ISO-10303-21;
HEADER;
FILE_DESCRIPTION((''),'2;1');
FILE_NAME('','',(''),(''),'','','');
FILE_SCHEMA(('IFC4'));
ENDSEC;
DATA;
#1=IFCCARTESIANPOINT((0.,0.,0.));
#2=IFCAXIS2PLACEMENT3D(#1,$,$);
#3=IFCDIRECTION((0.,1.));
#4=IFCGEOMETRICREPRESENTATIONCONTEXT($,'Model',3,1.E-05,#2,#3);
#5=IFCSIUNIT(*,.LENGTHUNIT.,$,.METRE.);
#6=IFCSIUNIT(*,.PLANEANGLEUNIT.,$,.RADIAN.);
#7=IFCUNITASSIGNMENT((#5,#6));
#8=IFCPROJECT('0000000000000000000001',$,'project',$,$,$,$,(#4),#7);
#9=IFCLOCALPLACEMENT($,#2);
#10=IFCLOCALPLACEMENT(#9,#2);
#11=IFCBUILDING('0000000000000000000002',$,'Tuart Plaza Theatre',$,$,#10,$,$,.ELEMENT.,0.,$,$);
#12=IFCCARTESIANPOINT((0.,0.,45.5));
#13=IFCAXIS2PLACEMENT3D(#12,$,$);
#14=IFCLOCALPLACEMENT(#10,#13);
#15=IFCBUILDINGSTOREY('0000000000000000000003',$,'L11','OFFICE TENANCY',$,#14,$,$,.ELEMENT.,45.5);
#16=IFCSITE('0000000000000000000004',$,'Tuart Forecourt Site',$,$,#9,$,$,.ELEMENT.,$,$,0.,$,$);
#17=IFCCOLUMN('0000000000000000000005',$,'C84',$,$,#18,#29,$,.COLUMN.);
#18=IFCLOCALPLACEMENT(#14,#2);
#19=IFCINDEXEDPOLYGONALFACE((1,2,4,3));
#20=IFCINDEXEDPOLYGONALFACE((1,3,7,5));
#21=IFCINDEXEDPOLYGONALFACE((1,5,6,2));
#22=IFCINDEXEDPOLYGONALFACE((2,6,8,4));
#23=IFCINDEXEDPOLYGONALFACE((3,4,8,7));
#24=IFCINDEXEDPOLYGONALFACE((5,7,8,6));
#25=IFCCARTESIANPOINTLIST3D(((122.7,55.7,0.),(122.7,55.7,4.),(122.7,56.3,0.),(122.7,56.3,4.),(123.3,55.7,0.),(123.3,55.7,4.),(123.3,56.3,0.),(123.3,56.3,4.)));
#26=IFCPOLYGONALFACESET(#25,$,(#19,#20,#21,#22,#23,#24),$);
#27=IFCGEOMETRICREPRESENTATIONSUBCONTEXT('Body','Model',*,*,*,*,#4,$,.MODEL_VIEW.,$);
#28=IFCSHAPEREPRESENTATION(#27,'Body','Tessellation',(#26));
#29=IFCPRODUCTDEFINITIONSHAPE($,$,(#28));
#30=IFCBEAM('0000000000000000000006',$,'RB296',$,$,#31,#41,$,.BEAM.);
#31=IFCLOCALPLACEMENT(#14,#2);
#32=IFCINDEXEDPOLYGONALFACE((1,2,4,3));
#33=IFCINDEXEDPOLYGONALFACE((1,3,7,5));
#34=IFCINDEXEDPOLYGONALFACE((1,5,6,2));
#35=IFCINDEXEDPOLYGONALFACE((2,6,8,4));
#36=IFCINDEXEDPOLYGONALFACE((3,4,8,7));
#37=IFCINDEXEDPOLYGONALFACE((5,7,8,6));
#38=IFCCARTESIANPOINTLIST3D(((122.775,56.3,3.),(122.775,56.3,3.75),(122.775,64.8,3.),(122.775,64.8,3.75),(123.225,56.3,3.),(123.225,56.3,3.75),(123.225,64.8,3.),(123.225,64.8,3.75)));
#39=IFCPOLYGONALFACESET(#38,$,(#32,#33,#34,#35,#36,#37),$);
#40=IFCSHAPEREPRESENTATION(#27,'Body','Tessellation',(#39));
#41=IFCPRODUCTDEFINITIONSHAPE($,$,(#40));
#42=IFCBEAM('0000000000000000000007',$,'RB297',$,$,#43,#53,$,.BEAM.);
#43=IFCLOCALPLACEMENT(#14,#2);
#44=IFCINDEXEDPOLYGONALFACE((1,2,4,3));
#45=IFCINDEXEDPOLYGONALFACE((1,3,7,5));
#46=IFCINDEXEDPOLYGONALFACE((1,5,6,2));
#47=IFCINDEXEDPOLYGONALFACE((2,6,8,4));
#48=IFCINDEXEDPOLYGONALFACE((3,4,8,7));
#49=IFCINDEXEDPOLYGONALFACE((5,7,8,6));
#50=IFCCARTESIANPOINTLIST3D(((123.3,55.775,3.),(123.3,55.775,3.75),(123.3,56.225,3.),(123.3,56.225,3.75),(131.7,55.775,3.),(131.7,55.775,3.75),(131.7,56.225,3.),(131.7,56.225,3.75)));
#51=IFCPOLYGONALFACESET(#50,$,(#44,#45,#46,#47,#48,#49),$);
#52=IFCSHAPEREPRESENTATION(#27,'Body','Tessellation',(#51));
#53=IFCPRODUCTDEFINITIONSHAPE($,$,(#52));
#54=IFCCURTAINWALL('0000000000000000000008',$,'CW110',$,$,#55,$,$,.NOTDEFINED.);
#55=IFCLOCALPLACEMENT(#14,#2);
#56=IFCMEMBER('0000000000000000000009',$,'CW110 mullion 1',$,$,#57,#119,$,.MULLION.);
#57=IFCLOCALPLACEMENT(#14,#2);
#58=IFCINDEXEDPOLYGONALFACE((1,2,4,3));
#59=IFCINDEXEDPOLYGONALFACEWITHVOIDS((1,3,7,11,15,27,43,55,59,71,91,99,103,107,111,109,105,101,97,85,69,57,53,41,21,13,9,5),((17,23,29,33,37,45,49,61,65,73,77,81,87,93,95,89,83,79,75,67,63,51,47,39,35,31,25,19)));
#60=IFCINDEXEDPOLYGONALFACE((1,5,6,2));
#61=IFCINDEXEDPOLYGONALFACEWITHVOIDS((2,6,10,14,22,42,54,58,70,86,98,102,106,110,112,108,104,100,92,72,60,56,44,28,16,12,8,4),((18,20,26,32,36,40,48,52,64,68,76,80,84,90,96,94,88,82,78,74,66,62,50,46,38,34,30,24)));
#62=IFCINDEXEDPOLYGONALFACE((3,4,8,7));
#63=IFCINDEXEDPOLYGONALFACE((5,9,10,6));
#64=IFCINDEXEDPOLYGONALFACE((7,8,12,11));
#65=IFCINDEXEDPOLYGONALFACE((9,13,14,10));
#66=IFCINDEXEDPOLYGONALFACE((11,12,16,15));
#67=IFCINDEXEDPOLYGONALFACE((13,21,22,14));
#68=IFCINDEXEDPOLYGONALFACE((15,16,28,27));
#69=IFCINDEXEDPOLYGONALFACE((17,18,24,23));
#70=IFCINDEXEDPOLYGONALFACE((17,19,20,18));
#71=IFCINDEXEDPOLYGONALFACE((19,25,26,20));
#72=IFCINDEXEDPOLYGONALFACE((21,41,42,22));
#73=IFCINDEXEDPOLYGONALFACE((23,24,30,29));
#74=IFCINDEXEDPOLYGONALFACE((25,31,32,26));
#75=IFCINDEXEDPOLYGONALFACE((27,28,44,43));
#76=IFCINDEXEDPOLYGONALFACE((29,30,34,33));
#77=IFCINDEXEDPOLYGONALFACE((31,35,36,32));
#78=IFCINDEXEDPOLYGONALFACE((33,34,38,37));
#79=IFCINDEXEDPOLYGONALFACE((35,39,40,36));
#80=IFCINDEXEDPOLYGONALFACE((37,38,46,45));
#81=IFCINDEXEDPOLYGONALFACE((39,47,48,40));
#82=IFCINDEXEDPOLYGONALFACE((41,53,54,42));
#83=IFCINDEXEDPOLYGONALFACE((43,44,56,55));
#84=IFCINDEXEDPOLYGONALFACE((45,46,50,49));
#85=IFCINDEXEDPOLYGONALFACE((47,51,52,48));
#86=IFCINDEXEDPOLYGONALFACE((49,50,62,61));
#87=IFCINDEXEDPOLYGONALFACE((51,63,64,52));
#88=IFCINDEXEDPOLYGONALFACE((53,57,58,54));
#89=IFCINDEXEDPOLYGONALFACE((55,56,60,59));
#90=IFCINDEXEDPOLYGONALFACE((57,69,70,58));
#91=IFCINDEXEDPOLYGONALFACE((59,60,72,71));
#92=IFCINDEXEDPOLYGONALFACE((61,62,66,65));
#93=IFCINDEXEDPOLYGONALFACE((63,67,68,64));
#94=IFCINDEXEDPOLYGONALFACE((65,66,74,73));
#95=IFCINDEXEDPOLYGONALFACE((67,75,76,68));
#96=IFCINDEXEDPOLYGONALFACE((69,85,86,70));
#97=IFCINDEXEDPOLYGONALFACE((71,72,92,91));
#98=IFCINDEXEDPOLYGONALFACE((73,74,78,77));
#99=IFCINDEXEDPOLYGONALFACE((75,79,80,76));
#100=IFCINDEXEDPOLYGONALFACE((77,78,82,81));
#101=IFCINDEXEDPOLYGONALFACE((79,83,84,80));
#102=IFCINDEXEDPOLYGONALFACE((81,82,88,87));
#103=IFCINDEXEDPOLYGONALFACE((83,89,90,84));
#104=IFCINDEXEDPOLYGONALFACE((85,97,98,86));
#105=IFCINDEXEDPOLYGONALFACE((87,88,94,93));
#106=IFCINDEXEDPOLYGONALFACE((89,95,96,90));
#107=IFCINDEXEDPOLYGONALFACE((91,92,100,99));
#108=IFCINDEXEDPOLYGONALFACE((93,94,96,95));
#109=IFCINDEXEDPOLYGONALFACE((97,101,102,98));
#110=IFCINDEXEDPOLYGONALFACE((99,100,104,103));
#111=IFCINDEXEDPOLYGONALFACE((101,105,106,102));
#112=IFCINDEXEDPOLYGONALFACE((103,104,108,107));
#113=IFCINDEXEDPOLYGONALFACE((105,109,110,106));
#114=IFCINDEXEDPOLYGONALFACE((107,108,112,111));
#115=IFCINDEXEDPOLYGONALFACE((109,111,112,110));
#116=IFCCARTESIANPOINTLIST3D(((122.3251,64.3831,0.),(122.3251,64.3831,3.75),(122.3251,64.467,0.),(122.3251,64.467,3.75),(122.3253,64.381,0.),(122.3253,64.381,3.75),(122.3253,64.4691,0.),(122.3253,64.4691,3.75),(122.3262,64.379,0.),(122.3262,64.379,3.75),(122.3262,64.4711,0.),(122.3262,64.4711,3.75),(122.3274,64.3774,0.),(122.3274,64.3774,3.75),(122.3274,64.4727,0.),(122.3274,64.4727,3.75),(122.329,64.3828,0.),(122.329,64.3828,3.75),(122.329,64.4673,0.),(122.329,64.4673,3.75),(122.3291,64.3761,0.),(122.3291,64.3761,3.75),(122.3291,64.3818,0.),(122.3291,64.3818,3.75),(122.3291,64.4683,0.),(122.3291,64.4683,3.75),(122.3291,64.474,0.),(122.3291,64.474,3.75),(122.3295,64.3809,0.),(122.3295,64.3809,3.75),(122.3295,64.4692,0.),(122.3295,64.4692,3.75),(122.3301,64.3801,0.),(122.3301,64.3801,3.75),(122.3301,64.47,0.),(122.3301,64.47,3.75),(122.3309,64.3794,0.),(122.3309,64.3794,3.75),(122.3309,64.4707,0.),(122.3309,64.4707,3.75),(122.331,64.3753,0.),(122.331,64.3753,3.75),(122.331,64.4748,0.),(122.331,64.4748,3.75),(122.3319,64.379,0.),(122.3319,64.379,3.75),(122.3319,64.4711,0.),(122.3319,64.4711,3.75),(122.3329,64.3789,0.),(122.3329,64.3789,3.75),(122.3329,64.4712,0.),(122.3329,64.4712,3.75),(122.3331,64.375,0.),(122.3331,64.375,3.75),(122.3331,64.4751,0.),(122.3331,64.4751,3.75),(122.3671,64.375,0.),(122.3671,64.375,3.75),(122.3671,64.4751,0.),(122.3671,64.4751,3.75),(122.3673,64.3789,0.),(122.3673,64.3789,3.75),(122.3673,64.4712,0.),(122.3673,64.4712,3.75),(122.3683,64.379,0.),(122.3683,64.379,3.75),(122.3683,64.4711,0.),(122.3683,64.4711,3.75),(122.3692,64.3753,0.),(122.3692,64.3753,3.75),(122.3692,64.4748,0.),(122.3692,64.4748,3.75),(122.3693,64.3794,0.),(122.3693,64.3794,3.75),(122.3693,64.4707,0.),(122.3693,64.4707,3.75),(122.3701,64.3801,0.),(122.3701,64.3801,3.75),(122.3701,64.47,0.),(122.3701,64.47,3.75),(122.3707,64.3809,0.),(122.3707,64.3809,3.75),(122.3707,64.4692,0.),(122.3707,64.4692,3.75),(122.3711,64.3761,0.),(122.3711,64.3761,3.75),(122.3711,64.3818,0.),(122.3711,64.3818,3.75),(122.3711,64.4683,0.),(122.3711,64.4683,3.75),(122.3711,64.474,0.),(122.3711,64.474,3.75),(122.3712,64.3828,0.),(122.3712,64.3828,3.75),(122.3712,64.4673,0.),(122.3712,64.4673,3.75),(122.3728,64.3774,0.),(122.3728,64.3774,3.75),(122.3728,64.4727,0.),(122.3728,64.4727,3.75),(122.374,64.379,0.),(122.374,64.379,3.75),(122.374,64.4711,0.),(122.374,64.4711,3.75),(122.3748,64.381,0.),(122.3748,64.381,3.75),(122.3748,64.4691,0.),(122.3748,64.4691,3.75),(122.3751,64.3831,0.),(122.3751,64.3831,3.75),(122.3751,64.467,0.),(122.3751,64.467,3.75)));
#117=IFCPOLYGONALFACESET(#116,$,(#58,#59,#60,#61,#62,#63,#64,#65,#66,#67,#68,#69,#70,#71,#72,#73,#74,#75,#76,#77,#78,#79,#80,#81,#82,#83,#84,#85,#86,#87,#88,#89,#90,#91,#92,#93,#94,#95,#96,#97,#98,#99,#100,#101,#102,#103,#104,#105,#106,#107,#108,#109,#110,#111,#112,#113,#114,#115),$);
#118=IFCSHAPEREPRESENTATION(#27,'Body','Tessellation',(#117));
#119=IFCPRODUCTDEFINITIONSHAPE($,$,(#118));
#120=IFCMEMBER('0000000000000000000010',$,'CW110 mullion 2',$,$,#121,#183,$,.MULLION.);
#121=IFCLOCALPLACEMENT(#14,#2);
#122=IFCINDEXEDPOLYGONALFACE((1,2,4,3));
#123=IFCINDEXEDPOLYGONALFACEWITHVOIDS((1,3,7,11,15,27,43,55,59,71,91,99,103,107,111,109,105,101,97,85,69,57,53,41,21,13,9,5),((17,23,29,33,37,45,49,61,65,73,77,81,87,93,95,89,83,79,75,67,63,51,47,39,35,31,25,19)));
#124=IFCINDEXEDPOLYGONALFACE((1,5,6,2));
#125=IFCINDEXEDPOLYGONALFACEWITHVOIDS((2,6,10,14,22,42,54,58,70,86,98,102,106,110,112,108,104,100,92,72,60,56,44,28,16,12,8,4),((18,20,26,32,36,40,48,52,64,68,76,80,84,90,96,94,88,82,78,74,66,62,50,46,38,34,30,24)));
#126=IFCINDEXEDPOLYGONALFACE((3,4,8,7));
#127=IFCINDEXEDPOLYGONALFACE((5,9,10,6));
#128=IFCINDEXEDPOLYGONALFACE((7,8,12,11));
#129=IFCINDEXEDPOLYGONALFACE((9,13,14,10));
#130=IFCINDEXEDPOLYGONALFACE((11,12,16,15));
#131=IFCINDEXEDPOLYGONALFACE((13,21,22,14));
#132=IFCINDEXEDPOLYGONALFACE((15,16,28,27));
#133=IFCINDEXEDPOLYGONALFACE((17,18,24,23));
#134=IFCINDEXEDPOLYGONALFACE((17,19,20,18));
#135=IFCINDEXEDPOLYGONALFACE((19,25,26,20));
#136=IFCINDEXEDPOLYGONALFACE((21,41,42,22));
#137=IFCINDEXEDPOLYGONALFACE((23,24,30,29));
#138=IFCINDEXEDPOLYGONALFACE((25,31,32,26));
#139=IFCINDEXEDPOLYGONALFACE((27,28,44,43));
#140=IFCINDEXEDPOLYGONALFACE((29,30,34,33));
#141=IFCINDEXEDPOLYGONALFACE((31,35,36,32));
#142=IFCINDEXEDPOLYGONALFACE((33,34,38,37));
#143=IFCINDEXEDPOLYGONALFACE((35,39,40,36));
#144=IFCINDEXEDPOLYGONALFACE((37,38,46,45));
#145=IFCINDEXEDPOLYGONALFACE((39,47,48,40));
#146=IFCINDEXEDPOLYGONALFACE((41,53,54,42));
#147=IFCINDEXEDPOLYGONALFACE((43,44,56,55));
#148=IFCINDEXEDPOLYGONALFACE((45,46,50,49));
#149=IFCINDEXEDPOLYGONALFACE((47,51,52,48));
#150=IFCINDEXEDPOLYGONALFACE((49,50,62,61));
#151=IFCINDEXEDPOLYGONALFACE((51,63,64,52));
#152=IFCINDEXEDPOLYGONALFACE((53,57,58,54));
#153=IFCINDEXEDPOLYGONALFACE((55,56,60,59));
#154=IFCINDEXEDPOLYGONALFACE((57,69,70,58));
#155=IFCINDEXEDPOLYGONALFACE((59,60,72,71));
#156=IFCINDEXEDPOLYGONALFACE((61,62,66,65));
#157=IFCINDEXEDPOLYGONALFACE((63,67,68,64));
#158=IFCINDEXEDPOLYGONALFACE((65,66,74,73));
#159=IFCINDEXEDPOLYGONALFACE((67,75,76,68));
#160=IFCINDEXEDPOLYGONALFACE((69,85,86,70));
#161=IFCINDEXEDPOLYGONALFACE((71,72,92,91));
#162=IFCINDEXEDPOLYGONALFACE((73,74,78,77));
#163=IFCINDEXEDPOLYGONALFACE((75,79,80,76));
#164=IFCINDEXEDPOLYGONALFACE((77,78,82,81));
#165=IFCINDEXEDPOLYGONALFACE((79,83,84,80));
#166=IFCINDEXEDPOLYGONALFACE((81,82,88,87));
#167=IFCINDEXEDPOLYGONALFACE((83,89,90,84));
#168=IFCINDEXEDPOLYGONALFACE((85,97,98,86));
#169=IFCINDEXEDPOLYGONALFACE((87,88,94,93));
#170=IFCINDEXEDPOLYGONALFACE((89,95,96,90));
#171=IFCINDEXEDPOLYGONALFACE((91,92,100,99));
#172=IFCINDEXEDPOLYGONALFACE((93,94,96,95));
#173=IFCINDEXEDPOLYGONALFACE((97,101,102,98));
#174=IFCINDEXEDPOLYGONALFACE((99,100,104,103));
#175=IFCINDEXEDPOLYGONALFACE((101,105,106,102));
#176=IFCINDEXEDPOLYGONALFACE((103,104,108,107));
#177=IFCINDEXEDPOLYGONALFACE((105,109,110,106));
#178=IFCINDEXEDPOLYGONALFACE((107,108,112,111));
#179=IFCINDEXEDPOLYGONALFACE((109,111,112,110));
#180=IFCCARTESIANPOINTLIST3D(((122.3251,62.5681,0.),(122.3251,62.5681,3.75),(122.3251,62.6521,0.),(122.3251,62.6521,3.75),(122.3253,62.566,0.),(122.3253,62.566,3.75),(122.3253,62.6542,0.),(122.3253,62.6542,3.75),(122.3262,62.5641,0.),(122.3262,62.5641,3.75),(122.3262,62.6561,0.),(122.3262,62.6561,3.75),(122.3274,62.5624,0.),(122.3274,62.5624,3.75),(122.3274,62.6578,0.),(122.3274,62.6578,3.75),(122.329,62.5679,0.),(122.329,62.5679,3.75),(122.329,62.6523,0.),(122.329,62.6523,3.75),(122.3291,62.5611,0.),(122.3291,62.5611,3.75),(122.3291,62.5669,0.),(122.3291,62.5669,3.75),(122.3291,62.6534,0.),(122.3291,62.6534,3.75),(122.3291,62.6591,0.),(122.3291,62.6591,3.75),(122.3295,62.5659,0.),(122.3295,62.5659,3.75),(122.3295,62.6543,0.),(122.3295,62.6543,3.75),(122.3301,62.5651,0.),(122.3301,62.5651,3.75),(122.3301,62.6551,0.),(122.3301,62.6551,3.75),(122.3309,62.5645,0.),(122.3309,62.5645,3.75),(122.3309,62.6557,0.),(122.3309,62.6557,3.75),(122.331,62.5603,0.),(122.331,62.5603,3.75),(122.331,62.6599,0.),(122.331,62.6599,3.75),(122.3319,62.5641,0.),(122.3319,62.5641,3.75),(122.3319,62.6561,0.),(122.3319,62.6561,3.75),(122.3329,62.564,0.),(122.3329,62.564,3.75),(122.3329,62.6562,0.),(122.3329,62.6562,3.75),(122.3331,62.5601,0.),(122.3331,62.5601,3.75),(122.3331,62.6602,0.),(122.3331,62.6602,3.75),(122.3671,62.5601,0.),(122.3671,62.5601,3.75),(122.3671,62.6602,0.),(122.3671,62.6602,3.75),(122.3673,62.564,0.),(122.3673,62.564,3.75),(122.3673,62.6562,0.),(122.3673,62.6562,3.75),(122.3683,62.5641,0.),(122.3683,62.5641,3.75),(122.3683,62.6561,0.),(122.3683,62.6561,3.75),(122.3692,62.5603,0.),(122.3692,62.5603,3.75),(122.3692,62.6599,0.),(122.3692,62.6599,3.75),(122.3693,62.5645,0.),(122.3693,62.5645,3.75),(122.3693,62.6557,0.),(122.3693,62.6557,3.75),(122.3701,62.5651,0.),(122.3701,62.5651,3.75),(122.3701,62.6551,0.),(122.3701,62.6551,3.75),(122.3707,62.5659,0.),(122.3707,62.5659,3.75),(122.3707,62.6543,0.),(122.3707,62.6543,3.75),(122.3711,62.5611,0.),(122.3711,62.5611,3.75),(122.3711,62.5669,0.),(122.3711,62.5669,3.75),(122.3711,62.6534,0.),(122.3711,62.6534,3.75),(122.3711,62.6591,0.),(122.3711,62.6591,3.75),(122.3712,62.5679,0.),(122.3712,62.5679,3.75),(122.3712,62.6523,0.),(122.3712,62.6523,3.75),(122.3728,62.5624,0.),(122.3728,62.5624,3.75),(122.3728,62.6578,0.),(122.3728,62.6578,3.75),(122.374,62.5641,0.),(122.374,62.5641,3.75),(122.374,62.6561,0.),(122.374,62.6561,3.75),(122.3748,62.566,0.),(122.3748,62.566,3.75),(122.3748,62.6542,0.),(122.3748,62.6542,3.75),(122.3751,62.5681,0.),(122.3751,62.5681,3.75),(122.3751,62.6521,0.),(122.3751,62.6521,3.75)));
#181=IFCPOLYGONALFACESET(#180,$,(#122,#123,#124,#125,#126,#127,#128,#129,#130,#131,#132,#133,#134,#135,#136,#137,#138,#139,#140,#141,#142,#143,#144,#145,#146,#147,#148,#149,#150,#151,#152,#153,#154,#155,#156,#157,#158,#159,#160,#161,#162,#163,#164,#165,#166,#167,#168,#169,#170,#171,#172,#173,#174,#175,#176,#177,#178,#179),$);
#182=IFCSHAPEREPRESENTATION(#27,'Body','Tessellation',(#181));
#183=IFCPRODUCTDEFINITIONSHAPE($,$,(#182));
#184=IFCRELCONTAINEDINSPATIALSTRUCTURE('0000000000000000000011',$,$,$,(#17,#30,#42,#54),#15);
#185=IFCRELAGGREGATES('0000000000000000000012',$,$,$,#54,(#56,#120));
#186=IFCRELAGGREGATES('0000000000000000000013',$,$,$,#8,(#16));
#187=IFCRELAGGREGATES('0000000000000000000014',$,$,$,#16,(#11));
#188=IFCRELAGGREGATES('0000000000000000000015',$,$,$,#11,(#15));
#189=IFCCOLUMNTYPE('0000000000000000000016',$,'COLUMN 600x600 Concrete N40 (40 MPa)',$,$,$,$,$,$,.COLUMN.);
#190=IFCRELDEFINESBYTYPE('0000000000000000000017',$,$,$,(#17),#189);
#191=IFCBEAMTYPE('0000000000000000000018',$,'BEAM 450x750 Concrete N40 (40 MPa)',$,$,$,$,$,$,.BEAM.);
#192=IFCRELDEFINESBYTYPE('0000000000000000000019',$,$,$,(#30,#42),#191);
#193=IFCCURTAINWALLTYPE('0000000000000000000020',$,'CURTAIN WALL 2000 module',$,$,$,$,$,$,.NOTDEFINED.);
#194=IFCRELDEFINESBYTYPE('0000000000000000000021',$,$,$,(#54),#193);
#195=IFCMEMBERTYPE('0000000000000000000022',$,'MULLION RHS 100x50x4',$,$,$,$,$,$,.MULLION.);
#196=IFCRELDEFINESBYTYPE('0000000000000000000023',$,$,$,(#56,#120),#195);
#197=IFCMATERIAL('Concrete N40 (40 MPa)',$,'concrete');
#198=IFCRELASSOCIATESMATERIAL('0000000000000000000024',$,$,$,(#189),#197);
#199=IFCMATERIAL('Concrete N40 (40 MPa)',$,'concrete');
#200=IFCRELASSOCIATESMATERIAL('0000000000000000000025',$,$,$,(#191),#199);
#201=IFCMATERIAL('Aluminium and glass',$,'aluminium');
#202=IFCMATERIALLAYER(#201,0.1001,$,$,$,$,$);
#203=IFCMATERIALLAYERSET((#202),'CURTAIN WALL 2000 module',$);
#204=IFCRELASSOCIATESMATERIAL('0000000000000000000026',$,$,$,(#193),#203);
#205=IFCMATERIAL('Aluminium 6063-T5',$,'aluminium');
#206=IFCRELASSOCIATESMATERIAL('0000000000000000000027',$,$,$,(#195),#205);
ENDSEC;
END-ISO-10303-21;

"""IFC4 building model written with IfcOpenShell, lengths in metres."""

from ifc_helpers import new_model, si_unit, direction, frame, origin, origin_2d, place, context, subcontext, project, spatial, rectangle, hollow_rectangle, extrude, material, layer, layer_set, material_profile, profile_set, type_object, element, aggregate, save


model = new_model("IFC4")

# Units and contexts
model_context = context("Model", 3, precision=1e-05, world=origin(), true_north=direction((0.0, 1.0)))
body_context = subcontext(model_context, "Body", "Model", "MODEL_VIEW")
ifc_project = project(units=[si_unit("LENGTHUNIT", "METRE"), si_unit("PLANEANGLEUNIT", "RADIAN")], contexts=[model_context])

# Site, building, storey
site_placement = place(None, origin())
site = spatial("IfcSite", under=ifc_project, at=site_placement, Name="Tuart Forecourt Site", CompositionType="ELEMENT", RefElevation=0.0)
building_placement = place(site_placement, origin())
building = spatial("IfcBuilding", under=site, at=building_placement, Name="Tuart Plaza Theatre", CompositionType="ELEMENT", ElevationOfRefHeight=0.0)
storey_placement = place(building_placement, frame((0.0, 0.0, 45.5)))
storey = spatial("IfcBuildingStorey", under=building, at=storey_placement, Name="L11", Description="OFFICE TENANCY", CompositionType="ELEMENT", Elevation=45.5)

# Column
ifc_material_1 = material(Name="Concrete N40 (40 MPa)", Category="concrete")
ifc_material_profile_1 = material_profile(ifc_material_1, rectangle(XDim=0.6001, YDim=0.6001, at=origin_2d()), Name="COLUMN 600x600 Concrete N40 (40 MPa)")
ifc_profile_set_1 = profile_set([ifc_material_profile_1], Name="Concrete N40 (40 MPa)")
column_type = type_object("IfcColumnType", Name="COLUMN 600x600 Concrete N40 (40 MPa)", PredefinedType="COLUMN", material=ifc_profile_set_1)
column_placement = place(storey_placement, frame((123.0, 56.0, 0.0), z_axis=(0.0, 0.0, 1.0), x_axis=(1.0, 0.0, 0.0)))
element("IfcColumn", 1, at=column_placement, inside=storey, type_object=column_type, Name="C84", PredefinedType="COLUMN", context=body_context, shape_type="SweptSolid", body=[
    extrude(rectangle(XDim=0.6001, YDim=0.6001, at=origin_2d()), origin(), (0.0, 0.0, 1.0), 4.0),
])

# Beams
ifc_material_2 = material(Name="Concrete N40 (40 MPa)", Category="concrete")
ifc_material_profile_2 = material_profile(ifc_material_2, rectangle(XDim=0.45, YDim=0.75, at=origin_2d()), Name="BEAM 450x750 Concrete N40 (40 MPa)")
ifc_profile_set_2 = profile_set([ifc_material_profile_2], Name="Concrete N40 (40 MPa)")
beam_type = type_object("IfcBeamType", Name="BEAM 450x750 Concrete N40 (40 MPa)", PredefinedType="BEAM", material=ifc_profile_set_2)
beam_1_placement = place(storey_placement, frame((123.0, 56.3, 3.375), z_axis=(0.0, 1.0, 0.0), x_axis=(-1.0, 0.0, 0.0)))
element("IfcBeam", 2, at=beam_1_placement, inside=storey, type_object=beam_type, Name="RB296", PredefinedType="BEAM", context=body_context, shape_type="SweptSolid", body=[
    extrude(rectangle(XDim=0.45, YDim=0.75, at=origin_2d()), origin(), (0.0, 0.0, 1.0), 8.5),
])
beam_2_placement = place(storey_placement, frame((123.3, 56.0, 3.375), z_axis=(1.0, 0.0, 0.0), x_axis=(0.0, 1.0, 0.0)))
element("IfcBeam", 3, at=beam_2_placement, inside=storey, type_object=beam_type, Name="RB297", PredefinedType="BEAM", context=body_context, shape_type="SweptSolid", body=[
    extrude(rectangle(XDim=0.45, YDim=0.75, at=origin_2d()), origin(), (0.0, 0.0, 1.0), 8.3999),
])

# Curtain wall, members
ifc_material_3 = material(Name="Aluminium and glass", Category="aluminium")
ifc_layer_1 = layer(ifc_material_3, 0.1001)
ifc_layer_set_1 = layer_set([ifc_layer_1], Name="CURTAIN WALL 2000 module")
curtain_wall_type = type_object("IfcCurtainWallType", Name="CURTAIN WALL 2000 module", PredefinedType="NOTDEFINED", material=ifc_layer_set_1)
curtain_wall_1_placement = place(storey_placement, origin())
curtain_wall_1 = element("IfcCurtainWall", 4, at=curtain_wall_1_placement, inside=storey, type_object=curtain_wall_type, Name="CW110", PredefinedType="NOTDEFINED")
ifc_material_4 = material(Name="Aluminium 6063-T5", Category="aluminium")
ifc_material_profile_3 = material_profile(ifc_material_4, hollow_rectangle(XDim=0.05, YDim=0.1001, WallThickness=0.0039, InnerFilletRadius=0.0039, OuterFilletRadius=0.0081, at=origin_2d()), Name="RHS 100x50x4")
ifc_profile_set_3 = profile_set([ifc_material_profile_3], Name="Aluminium 6063-T5")
member_type_1 = type_object("IfcMemberType", Name="MULLION RHS 100x50x4", PredefinedType="MULLION", material=ifc_profile_set_3)
member_1_placement = place(storey_placement, frame((122.3501, 64.425, 0.0), z_axis=(0.0, 0.0, 1.0), x_axis=(1.0, 0.0, 0.0)))
member_1 = element("IfcMember", 5, at=member_1_placement, type_object=member_type_1, Name="CW110 mullion 1", PredefinedType="MULLION", context=body_context, shape_type="SweptSolid", body=[
    extrude(hollow_rectangle(XDim=0.05, YDim=0.1001, WallThickness=0.0039, InnerFilletRadius=0.0039, OuterFilletRadius=0.0081, at=origin_2d()), origin(), (0.0, 0.0, 1.0), 3.75),
])
member_2_placement = place(storey_placement, frame((122.3501, 62.6101, 0.0), z_axis=(0.0, 0.0, 1.0), x_axis=(1.0, 0.0, 0.0)))
member_2 = element("IfcMember", 6, at=member_2_placement, type_object=member_type_1, Name="CW110 mullion 2", PredefinedType="MULLION", context=body_context, shape_type="SweptSolid", body=[
    extrude(hollow_rectangle(XDim=0.05, YDim=0.1001, WallThickness=0.0039, InnerFilletRadius=0.0039, OuterFilletRadius=0.0081, at=origin_2d()), origin(), (0.0, 0.0, 1.0), 3.75),
])

aggregate(curtain_wall_1, [member_1, member_2])

save(model, "model.ifc")
